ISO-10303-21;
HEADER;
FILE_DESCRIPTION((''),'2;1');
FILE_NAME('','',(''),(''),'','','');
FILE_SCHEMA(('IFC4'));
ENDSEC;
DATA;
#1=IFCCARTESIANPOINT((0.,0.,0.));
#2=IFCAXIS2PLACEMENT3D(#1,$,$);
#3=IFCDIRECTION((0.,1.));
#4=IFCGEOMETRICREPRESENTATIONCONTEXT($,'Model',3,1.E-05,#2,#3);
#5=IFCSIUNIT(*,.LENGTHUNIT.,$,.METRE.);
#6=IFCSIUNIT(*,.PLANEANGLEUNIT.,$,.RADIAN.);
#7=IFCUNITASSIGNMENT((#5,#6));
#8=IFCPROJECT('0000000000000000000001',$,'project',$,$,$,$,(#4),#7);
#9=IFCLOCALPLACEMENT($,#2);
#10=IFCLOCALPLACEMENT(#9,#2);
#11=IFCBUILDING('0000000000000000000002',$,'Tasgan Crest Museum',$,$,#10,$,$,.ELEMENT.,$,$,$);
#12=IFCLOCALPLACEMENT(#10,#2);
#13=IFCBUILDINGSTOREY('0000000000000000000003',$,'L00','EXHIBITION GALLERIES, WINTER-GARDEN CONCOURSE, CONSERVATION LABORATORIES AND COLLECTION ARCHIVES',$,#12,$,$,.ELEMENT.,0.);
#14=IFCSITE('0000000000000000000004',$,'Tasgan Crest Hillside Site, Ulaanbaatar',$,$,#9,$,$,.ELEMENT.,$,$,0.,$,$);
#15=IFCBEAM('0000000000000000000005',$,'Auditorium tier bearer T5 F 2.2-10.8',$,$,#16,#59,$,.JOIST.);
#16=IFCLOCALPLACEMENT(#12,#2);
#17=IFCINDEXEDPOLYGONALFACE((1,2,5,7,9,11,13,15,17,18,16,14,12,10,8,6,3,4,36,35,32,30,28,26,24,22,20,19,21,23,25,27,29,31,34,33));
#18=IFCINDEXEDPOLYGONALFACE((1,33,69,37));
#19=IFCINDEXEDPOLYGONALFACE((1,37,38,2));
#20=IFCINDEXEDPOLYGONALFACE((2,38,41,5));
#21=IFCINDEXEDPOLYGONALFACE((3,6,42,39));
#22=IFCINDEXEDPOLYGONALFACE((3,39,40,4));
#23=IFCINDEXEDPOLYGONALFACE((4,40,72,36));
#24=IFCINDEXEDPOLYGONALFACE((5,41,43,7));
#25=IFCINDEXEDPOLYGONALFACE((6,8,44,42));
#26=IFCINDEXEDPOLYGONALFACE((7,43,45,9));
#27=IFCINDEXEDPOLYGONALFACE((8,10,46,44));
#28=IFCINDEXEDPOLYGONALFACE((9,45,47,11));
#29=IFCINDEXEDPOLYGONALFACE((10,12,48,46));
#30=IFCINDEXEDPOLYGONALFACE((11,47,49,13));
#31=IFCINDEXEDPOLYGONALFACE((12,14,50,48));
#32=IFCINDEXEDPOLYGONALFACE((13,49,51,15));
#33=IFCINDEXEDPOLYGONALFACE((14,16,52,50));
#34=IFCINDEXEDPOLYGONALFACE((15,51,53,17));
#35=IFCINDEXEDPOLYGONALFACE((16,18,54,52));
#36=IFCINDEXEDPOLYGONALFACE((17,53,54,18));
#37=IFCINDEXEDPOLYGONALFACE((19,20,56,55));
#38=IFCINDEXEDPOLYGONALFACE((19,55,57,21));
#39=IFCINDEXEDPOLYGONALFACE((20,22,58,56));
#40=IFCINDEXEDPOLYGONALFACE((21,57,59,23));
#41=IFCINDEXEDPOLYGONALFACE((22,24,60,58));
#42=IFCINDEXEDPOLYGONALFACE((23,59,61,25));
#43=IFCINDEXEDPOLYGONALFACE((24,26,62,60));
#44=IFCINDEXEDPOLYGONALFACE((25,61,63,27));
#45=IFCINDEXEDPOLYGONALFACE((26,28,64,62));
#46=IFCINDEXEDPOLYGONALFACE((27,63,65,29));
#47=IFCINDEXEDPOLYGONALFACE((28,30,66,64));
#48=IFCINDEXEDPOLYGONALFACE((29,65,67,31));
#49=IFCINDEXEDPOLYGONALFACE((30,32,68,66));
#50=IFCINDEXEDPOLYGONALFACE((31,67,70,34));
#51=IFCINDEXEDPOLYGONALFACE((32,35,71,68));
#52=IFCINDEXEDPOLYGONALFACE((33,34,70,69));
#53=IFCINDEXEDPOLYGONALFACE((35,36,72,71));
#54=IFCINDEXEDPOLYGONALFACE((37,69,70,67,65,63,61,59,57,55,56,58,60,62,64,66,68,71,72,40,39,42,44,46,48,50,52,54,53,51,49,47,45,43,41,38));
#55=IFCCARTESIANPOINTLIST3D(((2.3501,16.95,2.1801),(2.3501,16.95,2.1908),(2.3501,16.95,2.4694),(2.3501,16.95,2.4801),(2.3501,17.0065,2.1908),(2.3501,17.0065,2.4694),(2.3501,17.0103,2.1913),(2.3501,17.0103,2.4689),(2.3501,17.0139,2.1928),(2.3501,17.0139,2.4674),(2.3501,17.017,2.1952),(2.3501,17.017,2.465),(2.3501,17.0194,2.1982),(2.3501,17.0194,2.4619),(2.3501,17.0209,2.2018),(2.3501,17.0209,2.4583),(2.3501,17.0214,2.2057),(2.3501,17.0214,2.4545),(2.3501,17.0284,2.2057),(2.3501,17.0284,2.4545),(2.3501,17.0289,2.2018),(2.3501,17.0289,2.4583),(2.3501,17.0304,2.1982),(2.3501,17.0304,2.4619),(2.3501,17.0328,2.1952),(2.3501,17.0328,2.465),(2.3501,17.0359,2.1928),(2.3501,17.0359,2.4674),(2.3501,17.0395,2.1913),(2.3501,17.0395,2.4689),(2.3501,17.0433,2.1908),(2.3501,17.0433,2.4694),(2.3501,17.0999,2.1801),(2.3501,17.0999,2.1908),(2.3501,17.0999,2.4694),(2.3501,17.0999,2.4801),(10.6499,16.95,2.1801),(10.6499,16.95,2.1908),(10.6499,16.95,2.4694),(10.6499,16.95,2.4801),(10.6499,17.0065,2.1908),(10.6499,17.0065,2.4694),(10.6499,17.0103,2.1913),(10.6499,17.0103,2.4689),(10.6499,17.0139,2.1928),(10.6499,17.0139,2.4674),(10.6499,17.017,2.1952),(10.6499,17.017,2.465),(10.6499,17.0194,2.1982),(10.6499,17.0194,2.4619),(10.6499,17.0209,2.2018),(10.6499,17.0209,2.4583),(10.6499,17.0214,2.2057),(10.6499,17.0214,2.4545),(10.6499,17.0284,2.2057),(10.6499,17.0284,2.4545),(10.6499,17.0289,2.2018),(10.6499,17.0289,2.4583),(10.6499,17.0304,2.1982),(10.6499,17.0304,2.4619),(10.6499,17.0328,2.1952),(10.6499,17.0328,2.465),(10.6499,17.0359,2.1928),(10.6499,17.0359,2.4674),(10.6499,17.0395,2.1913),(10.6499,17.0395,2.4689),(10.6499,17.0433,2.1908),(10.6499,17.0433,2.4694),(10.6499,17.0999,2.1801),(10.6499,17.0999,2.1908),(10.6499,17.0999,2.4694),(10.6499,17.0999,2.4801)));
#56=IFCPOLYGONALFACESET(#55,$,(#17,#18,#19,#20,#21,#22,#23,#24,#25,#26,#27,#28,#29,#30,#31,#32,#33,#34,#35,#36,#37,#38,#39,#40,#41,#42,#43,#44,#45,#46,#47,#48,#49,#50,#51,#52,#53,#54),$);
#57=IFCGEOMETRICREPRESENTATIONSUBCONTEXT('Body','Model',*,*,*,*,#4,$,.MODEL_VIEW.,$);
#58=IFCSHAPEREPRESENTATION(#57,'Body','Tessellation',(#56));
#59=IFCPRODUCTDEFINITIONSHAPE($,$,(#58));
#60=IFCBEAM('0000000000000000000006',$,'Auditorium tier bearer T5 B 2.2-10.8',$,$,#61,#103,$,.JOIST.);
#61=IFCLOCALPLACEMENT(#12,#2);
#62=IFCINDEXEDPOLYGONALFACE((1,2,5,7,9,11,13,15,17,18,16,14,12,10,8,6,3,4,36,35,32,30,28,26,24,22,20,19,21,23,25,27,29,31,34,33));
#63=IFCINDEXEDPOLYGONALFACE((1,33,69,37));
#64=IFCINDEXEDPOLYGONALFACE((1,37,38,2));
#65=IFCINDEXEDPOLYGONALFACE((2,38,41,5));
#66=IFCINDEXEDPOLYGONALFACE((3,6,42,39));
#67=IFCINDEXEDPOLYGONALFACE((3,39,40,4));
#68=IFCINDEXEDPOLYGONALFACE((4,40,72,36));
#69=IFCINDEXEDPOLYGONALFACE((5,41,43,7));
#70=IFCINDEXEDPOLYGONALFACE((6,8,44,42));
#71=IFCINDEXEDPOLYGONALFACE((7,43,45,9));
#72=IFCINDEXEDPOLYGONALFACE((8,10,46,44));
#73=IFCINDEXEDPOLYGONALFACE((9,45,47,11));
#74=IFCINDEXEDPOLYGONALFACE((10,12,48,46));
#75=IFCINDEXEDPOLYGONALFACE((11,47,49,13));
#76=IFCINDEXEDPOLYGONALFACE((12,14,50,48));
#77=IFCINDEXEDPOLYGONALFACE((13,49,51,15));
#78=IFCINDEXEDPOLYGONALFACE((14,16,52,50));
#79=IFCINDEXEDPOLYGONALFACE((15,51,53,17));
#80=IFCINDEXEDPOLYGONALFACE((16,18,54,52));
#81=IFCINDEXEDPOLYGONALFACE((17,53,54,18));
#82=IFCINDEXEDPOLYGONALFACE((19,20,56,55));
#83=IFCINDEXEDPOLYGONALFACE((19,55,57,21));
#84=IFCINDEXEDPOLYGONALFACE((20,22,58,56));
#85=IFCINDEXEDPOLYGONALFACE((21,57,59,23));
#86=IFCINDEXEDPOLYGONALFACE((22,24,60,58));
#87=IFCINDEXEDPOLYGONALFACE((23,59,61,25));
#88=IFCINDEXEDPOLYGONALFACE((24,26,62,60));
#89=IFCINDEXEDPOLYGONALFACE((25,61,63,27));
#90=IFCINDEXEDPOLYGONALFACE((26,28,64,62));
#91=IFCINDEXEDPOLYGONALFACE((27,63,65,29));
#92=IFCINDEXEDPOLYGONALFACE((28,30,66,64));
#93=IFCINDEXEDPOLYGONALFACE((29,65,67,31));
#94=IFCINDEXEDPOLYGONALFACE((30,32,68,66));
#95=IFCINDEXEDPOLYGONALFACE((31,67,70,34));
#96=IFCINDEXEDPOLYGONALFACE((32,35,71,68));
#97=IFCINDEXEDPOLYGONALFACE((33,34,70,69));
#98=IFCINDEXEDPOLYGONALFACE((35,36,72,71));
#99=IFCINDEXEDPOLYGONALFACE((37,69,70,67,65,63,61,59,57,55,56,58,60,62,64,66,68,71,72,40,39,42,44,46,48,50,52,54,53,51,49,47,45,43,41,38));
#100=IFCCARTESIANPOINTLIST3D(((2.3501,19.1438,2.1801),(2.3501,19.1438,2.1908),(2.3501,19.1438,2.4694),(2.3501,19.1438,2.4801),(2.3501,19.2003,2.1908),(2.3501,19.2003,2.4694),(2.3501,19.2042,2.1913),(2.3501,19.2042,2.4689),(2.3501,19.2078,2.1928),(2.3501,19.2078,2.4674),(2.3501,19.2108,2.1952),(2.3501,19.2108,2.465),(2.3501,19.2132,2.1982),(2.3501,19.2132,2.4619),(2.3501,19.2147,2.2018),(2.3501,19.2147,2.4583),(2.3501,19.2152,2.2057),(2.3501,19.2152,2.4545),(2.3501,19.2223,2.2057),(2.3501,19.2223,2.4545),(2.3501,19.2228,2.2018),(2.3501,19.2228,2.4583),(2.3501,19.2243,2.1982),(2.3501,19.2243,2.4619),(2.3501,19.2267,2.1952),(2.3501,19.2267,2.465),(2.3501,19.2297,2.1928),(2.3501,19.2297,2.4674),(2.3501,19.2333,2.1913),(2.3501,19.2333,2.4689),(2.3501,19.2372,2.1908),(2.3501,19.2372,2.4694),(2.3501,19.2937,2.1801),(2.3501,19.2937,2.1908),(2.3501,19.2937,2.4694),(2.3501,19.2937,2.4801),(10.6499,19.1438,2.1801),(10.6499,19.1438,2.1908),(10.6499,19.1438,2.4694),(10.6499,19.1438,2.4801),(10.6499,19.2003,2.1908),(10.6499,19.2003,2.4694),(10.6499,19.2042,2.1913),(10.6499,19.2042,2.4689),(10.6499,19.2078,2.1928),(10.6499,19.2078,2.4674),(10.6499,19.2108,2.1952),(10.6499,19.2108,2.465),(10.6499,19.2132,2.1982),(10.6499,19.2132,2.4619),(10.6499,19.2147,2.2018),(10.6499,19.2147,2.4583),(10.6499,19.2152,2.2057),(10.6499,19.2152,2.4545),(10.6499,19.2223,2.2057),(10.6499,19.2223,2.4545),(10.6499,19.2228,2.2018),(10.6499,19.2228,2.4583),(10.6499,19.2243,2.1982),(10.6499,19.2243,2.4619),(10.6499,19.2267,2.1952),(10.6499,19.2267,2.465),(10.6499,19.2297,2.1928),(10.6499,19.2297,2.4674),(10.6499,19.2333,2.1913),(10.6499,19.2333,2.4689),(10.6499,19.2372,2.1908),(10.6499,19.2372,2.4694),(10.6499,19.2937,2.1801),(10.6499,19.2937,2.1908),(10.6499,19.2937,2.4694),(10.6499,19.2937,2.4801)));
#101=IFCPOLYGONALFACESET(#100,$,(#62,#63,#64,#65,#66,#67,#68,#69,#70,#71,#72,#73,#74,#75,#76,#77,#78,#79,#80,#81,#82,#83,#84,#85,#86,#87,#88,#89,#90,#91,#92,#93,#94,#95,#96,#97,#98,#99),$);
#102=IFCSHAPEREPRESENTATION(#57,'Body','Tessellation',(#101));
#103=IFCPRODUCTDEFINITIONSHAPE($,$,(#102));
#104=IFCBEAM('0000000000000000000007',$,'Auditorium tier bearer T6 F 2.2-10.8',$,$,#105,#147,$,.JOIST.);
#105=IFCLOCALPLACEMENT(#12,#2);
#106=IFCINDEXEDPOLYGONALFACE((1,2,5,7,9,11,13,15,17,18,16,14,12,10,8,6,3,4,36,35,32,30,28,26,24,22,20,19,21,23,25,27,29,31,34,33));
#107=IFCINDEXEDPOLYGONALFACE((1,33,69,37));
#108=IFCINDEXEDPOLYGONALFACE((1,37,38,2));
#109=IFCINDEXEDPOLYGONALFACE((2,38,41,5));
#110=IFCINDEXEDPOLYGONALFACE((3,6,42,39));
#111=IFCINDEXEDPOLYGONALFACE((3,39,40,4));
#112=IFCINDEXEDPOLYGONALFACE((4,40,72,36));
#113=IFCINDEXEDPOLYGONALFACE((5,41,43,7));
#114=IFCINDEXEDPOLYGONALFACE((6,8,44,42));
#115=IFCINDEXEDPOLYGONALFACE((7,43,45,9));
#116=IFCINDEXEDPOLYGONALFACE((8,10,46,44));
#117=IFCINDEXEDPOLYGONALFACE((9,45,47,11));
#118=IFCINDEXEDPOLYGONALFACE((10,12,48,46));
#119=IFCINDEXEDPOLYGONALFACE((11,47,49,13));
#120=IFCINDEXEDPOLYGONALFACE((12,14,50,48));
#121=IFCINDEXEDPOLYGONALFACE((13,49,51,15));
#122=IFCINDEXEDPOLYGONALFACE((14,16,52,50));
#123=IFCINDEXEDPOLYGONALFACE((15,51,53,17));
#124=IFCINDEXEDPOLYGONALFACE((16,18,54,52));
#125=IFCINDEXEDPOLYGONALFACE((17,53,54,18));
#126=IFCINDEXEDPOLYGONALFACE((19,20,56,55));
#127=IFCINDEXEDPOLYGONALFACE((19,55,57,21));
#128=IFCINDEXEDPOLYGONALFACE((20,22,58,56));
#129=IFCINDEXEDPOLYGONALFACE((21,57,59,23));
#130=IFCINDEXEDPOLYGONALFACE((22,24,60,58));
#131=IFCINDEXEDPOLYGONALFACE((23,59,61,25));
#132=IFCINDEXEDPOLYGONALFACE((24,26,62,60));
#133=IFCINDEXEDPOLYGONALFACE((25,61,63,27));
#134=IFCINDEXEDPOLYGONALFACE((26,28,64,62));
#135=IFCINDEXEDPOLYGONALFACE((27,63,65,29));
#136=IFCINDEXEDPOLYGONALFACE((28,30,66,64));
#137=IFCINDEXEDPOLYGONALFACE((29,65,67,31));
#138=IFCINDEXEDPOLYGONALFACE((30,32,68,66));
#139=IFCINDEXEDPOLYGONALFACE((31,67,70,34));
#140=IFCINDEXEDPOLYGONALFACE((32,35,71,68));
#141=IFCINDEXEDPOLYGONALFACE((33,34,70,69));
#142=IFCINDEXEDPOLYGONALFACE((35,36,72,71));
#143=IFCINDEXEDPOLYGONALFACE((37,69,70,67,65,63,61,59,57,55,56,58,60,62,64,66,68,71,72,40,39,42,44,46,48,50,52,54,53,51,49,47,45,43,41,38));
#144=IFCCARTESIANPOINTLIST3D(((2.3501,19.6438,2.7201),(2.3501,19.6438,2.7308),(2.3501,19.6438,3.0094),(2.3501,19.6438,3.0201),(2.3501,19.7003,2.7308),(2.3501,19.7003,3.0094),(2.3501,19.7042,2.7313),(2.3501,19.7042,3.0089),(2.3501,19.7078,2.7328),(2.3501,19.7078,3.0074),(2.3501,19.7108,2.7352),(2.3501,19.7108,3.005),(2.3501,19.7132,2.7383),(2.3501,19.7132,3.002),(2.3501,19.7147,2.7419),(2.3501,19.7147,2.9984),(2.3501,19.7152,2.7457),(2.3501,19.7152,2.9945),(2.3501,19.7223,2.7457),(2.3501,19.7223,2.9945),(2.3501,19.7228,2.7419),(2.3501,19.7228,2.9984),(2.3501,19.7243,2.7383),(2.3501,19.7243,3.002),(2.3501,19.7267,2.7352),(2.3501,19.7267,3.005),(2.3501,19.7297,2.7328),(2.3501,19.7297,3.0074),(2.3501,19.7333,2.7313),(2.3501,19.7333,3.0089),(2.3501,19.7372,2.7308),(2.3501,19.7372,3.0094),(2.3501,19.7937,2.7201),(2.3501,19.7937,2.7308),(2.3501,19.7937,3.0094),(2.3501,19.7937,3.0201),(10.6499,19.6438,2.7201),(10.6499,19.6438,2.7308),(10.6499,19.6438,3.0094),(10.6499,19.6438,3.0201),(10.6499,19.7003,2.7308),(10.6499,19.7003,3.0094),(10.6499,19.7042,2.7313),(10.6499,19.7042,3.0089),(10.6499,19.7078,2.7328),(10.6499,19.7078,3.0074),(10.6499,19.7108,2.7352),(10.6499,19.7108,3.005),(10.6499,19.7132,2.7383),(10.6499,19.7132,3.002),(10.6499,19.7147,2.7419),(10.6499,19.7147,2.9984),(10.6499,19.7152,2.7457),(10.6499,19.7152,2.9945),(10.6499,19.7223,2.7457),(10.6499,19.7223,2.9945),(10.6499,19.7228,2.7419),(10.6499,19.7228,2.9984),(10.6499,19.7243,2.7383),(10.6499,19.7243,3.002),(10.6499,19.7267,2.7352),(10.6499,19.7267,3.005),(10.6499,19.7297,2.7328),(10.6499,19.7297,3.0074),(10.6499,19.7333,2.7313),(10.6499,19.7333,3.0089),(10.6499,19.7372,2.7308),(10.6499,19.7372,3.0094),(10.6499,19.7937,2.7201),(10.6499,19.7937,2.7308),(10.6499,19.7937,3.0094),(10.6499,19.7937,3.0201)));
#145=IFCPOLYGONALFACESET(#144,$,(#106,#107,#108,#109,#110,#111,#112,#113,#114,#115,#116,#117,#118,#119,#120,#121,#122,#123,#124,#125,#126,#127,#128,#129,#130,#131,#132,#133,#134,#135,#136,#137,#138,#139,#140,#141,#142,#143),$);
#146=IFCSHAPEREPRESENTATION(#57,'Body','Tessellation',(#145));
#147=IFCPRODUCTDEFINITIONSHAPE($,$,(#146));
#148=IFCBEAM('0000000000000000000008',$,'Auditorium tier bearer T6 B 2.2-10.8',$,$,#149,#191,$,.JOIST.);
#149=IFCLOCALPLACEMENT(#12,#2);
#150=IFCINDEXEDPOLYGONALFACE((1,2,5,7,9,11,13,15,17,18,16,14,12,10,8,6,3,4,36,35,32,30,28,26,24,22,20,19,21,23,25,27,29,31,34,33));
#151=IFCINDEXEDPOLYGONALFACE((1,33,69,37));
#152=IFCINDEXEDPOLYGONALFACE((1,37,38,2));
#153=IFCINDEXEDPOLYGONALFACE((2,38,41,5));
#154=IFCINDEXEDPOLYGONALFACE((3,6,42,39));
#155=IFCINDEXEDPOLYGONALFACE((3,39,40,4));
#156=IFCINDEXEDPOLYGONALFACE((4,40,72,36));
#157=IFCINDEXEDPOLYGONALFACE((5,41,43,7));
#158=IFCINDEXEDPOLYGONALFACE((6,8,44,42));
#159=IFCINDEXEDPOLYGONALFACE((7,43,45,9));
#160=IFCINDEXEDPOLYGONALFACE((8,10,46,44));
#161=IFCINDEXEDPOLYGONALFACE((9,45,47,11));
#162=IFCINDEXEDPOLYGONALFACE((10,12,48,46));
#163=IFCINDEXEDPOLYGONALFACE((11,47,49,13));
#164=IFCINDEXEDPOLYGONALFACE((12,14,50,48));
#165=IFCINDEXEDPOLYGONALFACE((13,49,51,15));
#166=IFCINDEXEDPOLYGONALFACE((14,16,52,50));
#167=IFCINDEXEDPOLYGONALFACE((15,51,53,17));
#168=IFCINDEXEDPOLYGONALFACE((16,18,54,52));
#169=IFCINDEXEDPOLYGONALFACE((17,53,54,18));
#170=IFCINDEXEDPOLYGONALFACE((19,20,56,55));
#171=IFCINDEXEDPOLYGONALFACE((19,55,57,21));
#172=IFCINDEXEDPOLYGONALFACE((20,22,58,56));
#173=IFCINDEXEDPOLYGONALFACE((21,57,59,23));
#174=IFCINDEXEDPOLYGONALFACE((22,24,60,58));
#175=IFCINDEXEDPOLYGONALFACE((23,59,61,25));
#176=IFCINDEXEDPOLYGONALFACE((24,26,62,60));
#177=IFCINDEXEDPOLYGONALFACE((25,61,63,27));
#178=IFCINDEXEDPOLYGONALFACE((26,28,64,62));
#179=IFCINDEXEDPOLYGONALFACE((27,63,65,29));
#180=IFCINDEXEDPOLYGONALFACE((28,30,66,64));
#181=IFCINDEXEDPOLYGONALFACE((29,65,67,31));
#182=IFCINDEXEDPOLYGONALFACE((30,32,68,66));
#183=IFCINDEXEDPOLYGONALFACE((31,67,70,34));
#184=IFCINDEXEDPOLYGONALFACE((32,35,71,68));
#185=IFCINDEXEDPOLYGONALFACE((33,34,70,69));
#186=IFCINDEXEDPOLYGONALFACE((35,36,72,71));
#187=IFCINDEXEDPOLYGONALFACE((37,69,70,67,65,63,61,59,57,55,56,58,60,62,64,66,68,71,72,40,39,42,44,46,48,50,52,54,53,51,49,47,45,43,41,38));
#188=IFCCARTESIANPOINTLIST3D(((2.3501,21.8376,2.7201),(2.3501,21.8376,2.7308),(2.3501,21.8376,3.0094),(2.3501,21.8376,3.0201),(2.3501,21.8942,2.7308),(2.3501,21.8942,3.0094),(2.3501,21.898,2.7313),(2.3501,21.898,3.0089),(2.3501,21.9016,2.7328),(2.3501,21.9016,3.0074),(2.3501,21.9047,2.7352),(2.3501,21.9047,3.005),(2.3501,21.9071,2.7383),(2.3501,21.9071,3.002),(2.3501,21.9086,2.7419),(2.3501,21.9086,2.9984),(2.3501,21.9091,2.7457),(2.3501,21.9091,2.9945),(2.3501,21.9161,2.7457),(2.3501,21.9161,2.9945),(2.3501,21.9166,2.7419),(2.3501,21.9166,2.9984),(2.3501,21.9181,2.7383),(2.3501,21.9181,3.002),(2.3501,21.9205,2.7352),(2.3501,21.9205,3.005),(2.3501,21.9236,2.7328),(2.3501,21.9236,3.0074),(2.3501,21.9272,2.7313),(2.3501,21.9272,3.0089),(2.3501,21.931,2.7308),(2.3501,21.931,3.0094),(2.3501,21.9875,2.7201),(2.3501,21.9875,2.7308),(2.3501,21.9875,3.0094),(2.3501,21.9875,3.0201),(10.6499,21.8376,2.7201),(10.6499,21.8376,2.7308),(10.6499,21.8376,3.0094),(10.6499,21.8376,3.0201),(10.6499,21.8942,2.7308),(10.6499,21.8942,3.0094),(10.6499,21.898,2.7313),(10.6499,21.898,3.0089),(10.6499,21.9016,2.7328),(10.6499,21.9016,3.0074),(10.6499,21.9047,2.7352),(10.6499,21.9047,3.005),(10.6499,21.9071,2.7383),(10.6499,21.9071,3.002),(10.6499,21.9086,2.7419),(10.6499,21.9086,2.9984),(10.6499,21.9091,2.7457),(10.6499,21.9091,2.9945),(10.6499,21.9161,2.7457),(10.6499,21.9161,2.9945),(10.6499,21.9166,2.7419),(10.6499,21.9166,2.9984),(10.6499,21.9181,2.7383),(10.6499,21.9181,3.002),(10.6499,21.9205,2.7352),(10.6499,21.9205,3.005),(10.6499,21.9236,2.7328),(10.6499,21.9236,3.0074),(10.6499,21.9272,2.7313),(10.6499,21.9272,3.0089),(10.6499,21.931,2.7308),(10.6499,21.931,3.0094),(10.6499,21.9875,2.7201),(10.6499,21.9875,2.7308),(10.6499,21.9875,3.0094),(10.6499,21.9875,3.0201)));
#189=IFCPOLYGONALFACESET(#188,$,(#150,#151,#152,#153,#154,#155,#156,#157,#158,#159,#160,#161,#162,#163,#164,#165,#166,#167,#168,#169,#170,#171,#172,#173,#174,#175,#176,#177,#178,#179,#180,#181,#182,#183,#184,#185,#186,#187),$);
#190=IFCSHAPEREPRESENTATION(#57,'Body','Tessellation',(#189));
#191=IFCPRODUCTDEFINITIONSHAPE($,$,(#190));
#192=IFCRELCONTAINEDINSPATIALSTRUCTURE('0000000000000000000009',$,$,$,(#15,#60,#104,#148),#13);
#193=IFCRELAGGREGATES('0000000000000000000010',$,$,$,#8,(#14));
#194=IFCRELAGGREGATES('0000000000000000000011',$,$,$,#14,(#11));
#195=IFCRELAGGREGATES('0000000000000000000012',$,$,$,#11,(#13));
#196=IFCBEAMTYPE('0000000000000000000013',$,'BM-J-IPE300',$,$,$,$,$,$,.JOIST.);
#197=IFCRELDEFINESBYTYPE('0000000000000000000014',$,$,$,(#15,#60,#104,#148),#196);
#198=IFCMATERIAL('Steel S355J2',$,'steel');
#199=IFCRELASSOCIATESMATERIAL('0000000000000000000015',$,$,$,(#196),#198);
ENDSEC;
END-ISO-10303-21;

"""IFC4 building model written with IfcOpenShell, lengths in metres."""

from ifc_helpers import new_model, si_unit, direction, frame, origin, origin_2d, place, context, subcontext, project, spatial, i_section, extrude, material, material_profile, profile_set, type_object, element, save


model = new_model("IFC4")

# Units and contexts
model_context = context("Model", 3, precision=1e-05, world=origin(), true_north=direction((0.0, 1.0)))
body_context = subcontext(model_context, "Body", "Model", "MODEL_VIEW")
ifc_project = project(units=[si_unit("LENGTHUNIT", "METRE"), si_unit("PLANEANGLEUNIT", "RADIAN")], contexts=[model_context])

# Site, building, storey
site_placement = place(None, origin())
site = spatial("IfcSite", under=ifc_project, at=site_placement, Name="Tasgan Crest Hillside Site, Ulaanbaatar", CompositionType="ELEMENT", RefElevation=0.0)
building_placement = place(site_placement, origin())
building = spatial("IfcBuilding", under=site, at=building_placement, Name="Tasgan Crest Museum", CompositionType="ELEMENT")
storey_placement = place(building_placement, origin())
storey = spatial("IfcBuildingStorey", under=building, at=storey_placement, Name="L00", Description="EXHIBITION GALLERIES, WINTER-GARDEN CONCOURSE, CONSERVATION LABORATORIES AND COLLECTION ARCHIVES", CompositionType="ELEMENT", Elevation=0.0)

# Beams
ifc_material_1 = material(Name="Steel S355J2", Category="steel")
ifc_material_profile_1 = material_profile(ifc_material_1, i_section(OverallWidth=0.1499, OverallDepth=0.3, WebThickness=0.0071, FlangeThickness=0.0107, FilletRadius=0.0149, at=origin_2d()), Name="IPE 300")
ifc_profile_set_1 = profile_set([ifc_material_profile_1], Name="Steel S355J2")
beam_type = type_object("IfcBeamType", Name="BM-J-IPE300", PredefinedType="JOIST", material=ifc_profile_set_1)
for number, where, z_axis, x_axis, name in (
    (1, (2.3501, 17.0249, 2.3301), (1.0, 0.0, 0.0), (0.0, 1.0, 0.0), "Auditorium tier bearer T5 F 2.2-10.8"),
    (2, (2.3501, 19.2188, 2.3301), (1.0, 0.0, 0.0), (0.0, 1.0, 0.0), "Auditorium tier bearer T5 B 2.2-10.8"),
    (3, (2.3501, 19.7188, 2.8701), (1.0, 0.0, 0.0), (0.0, 1.0, 0.0), "Auditorium tier bearer T6 F 2.2-10.8"),
    (4, (2.3501, 21.9126, 2.8701), (1.0, 0.0, 0.0), (0.0, 1.0, 0.0), "Auditorium tier bearer T6 B 2.2-10.8"),
):
    element("IfcBeam", number, at=place(storey_placement, frame(where, z_axis=z_axis, x_axis=x_axis)), inside=storey, type_object=beam_type, Name=name, PredefinedType="JOIST", context=body_context, shape_type="SweptSolid", body=[
        extrude(i_section(OverallWidth=0.1499, OverallDepth=0.3, WebThickness=0.0071, FlangeThickness=0.0107, FilletRadius=0.0149, at=origin_2d()), origin(), (0.0, 0.0, 1.0), 8.2998),
    ])

save(model, "model.ifc")
